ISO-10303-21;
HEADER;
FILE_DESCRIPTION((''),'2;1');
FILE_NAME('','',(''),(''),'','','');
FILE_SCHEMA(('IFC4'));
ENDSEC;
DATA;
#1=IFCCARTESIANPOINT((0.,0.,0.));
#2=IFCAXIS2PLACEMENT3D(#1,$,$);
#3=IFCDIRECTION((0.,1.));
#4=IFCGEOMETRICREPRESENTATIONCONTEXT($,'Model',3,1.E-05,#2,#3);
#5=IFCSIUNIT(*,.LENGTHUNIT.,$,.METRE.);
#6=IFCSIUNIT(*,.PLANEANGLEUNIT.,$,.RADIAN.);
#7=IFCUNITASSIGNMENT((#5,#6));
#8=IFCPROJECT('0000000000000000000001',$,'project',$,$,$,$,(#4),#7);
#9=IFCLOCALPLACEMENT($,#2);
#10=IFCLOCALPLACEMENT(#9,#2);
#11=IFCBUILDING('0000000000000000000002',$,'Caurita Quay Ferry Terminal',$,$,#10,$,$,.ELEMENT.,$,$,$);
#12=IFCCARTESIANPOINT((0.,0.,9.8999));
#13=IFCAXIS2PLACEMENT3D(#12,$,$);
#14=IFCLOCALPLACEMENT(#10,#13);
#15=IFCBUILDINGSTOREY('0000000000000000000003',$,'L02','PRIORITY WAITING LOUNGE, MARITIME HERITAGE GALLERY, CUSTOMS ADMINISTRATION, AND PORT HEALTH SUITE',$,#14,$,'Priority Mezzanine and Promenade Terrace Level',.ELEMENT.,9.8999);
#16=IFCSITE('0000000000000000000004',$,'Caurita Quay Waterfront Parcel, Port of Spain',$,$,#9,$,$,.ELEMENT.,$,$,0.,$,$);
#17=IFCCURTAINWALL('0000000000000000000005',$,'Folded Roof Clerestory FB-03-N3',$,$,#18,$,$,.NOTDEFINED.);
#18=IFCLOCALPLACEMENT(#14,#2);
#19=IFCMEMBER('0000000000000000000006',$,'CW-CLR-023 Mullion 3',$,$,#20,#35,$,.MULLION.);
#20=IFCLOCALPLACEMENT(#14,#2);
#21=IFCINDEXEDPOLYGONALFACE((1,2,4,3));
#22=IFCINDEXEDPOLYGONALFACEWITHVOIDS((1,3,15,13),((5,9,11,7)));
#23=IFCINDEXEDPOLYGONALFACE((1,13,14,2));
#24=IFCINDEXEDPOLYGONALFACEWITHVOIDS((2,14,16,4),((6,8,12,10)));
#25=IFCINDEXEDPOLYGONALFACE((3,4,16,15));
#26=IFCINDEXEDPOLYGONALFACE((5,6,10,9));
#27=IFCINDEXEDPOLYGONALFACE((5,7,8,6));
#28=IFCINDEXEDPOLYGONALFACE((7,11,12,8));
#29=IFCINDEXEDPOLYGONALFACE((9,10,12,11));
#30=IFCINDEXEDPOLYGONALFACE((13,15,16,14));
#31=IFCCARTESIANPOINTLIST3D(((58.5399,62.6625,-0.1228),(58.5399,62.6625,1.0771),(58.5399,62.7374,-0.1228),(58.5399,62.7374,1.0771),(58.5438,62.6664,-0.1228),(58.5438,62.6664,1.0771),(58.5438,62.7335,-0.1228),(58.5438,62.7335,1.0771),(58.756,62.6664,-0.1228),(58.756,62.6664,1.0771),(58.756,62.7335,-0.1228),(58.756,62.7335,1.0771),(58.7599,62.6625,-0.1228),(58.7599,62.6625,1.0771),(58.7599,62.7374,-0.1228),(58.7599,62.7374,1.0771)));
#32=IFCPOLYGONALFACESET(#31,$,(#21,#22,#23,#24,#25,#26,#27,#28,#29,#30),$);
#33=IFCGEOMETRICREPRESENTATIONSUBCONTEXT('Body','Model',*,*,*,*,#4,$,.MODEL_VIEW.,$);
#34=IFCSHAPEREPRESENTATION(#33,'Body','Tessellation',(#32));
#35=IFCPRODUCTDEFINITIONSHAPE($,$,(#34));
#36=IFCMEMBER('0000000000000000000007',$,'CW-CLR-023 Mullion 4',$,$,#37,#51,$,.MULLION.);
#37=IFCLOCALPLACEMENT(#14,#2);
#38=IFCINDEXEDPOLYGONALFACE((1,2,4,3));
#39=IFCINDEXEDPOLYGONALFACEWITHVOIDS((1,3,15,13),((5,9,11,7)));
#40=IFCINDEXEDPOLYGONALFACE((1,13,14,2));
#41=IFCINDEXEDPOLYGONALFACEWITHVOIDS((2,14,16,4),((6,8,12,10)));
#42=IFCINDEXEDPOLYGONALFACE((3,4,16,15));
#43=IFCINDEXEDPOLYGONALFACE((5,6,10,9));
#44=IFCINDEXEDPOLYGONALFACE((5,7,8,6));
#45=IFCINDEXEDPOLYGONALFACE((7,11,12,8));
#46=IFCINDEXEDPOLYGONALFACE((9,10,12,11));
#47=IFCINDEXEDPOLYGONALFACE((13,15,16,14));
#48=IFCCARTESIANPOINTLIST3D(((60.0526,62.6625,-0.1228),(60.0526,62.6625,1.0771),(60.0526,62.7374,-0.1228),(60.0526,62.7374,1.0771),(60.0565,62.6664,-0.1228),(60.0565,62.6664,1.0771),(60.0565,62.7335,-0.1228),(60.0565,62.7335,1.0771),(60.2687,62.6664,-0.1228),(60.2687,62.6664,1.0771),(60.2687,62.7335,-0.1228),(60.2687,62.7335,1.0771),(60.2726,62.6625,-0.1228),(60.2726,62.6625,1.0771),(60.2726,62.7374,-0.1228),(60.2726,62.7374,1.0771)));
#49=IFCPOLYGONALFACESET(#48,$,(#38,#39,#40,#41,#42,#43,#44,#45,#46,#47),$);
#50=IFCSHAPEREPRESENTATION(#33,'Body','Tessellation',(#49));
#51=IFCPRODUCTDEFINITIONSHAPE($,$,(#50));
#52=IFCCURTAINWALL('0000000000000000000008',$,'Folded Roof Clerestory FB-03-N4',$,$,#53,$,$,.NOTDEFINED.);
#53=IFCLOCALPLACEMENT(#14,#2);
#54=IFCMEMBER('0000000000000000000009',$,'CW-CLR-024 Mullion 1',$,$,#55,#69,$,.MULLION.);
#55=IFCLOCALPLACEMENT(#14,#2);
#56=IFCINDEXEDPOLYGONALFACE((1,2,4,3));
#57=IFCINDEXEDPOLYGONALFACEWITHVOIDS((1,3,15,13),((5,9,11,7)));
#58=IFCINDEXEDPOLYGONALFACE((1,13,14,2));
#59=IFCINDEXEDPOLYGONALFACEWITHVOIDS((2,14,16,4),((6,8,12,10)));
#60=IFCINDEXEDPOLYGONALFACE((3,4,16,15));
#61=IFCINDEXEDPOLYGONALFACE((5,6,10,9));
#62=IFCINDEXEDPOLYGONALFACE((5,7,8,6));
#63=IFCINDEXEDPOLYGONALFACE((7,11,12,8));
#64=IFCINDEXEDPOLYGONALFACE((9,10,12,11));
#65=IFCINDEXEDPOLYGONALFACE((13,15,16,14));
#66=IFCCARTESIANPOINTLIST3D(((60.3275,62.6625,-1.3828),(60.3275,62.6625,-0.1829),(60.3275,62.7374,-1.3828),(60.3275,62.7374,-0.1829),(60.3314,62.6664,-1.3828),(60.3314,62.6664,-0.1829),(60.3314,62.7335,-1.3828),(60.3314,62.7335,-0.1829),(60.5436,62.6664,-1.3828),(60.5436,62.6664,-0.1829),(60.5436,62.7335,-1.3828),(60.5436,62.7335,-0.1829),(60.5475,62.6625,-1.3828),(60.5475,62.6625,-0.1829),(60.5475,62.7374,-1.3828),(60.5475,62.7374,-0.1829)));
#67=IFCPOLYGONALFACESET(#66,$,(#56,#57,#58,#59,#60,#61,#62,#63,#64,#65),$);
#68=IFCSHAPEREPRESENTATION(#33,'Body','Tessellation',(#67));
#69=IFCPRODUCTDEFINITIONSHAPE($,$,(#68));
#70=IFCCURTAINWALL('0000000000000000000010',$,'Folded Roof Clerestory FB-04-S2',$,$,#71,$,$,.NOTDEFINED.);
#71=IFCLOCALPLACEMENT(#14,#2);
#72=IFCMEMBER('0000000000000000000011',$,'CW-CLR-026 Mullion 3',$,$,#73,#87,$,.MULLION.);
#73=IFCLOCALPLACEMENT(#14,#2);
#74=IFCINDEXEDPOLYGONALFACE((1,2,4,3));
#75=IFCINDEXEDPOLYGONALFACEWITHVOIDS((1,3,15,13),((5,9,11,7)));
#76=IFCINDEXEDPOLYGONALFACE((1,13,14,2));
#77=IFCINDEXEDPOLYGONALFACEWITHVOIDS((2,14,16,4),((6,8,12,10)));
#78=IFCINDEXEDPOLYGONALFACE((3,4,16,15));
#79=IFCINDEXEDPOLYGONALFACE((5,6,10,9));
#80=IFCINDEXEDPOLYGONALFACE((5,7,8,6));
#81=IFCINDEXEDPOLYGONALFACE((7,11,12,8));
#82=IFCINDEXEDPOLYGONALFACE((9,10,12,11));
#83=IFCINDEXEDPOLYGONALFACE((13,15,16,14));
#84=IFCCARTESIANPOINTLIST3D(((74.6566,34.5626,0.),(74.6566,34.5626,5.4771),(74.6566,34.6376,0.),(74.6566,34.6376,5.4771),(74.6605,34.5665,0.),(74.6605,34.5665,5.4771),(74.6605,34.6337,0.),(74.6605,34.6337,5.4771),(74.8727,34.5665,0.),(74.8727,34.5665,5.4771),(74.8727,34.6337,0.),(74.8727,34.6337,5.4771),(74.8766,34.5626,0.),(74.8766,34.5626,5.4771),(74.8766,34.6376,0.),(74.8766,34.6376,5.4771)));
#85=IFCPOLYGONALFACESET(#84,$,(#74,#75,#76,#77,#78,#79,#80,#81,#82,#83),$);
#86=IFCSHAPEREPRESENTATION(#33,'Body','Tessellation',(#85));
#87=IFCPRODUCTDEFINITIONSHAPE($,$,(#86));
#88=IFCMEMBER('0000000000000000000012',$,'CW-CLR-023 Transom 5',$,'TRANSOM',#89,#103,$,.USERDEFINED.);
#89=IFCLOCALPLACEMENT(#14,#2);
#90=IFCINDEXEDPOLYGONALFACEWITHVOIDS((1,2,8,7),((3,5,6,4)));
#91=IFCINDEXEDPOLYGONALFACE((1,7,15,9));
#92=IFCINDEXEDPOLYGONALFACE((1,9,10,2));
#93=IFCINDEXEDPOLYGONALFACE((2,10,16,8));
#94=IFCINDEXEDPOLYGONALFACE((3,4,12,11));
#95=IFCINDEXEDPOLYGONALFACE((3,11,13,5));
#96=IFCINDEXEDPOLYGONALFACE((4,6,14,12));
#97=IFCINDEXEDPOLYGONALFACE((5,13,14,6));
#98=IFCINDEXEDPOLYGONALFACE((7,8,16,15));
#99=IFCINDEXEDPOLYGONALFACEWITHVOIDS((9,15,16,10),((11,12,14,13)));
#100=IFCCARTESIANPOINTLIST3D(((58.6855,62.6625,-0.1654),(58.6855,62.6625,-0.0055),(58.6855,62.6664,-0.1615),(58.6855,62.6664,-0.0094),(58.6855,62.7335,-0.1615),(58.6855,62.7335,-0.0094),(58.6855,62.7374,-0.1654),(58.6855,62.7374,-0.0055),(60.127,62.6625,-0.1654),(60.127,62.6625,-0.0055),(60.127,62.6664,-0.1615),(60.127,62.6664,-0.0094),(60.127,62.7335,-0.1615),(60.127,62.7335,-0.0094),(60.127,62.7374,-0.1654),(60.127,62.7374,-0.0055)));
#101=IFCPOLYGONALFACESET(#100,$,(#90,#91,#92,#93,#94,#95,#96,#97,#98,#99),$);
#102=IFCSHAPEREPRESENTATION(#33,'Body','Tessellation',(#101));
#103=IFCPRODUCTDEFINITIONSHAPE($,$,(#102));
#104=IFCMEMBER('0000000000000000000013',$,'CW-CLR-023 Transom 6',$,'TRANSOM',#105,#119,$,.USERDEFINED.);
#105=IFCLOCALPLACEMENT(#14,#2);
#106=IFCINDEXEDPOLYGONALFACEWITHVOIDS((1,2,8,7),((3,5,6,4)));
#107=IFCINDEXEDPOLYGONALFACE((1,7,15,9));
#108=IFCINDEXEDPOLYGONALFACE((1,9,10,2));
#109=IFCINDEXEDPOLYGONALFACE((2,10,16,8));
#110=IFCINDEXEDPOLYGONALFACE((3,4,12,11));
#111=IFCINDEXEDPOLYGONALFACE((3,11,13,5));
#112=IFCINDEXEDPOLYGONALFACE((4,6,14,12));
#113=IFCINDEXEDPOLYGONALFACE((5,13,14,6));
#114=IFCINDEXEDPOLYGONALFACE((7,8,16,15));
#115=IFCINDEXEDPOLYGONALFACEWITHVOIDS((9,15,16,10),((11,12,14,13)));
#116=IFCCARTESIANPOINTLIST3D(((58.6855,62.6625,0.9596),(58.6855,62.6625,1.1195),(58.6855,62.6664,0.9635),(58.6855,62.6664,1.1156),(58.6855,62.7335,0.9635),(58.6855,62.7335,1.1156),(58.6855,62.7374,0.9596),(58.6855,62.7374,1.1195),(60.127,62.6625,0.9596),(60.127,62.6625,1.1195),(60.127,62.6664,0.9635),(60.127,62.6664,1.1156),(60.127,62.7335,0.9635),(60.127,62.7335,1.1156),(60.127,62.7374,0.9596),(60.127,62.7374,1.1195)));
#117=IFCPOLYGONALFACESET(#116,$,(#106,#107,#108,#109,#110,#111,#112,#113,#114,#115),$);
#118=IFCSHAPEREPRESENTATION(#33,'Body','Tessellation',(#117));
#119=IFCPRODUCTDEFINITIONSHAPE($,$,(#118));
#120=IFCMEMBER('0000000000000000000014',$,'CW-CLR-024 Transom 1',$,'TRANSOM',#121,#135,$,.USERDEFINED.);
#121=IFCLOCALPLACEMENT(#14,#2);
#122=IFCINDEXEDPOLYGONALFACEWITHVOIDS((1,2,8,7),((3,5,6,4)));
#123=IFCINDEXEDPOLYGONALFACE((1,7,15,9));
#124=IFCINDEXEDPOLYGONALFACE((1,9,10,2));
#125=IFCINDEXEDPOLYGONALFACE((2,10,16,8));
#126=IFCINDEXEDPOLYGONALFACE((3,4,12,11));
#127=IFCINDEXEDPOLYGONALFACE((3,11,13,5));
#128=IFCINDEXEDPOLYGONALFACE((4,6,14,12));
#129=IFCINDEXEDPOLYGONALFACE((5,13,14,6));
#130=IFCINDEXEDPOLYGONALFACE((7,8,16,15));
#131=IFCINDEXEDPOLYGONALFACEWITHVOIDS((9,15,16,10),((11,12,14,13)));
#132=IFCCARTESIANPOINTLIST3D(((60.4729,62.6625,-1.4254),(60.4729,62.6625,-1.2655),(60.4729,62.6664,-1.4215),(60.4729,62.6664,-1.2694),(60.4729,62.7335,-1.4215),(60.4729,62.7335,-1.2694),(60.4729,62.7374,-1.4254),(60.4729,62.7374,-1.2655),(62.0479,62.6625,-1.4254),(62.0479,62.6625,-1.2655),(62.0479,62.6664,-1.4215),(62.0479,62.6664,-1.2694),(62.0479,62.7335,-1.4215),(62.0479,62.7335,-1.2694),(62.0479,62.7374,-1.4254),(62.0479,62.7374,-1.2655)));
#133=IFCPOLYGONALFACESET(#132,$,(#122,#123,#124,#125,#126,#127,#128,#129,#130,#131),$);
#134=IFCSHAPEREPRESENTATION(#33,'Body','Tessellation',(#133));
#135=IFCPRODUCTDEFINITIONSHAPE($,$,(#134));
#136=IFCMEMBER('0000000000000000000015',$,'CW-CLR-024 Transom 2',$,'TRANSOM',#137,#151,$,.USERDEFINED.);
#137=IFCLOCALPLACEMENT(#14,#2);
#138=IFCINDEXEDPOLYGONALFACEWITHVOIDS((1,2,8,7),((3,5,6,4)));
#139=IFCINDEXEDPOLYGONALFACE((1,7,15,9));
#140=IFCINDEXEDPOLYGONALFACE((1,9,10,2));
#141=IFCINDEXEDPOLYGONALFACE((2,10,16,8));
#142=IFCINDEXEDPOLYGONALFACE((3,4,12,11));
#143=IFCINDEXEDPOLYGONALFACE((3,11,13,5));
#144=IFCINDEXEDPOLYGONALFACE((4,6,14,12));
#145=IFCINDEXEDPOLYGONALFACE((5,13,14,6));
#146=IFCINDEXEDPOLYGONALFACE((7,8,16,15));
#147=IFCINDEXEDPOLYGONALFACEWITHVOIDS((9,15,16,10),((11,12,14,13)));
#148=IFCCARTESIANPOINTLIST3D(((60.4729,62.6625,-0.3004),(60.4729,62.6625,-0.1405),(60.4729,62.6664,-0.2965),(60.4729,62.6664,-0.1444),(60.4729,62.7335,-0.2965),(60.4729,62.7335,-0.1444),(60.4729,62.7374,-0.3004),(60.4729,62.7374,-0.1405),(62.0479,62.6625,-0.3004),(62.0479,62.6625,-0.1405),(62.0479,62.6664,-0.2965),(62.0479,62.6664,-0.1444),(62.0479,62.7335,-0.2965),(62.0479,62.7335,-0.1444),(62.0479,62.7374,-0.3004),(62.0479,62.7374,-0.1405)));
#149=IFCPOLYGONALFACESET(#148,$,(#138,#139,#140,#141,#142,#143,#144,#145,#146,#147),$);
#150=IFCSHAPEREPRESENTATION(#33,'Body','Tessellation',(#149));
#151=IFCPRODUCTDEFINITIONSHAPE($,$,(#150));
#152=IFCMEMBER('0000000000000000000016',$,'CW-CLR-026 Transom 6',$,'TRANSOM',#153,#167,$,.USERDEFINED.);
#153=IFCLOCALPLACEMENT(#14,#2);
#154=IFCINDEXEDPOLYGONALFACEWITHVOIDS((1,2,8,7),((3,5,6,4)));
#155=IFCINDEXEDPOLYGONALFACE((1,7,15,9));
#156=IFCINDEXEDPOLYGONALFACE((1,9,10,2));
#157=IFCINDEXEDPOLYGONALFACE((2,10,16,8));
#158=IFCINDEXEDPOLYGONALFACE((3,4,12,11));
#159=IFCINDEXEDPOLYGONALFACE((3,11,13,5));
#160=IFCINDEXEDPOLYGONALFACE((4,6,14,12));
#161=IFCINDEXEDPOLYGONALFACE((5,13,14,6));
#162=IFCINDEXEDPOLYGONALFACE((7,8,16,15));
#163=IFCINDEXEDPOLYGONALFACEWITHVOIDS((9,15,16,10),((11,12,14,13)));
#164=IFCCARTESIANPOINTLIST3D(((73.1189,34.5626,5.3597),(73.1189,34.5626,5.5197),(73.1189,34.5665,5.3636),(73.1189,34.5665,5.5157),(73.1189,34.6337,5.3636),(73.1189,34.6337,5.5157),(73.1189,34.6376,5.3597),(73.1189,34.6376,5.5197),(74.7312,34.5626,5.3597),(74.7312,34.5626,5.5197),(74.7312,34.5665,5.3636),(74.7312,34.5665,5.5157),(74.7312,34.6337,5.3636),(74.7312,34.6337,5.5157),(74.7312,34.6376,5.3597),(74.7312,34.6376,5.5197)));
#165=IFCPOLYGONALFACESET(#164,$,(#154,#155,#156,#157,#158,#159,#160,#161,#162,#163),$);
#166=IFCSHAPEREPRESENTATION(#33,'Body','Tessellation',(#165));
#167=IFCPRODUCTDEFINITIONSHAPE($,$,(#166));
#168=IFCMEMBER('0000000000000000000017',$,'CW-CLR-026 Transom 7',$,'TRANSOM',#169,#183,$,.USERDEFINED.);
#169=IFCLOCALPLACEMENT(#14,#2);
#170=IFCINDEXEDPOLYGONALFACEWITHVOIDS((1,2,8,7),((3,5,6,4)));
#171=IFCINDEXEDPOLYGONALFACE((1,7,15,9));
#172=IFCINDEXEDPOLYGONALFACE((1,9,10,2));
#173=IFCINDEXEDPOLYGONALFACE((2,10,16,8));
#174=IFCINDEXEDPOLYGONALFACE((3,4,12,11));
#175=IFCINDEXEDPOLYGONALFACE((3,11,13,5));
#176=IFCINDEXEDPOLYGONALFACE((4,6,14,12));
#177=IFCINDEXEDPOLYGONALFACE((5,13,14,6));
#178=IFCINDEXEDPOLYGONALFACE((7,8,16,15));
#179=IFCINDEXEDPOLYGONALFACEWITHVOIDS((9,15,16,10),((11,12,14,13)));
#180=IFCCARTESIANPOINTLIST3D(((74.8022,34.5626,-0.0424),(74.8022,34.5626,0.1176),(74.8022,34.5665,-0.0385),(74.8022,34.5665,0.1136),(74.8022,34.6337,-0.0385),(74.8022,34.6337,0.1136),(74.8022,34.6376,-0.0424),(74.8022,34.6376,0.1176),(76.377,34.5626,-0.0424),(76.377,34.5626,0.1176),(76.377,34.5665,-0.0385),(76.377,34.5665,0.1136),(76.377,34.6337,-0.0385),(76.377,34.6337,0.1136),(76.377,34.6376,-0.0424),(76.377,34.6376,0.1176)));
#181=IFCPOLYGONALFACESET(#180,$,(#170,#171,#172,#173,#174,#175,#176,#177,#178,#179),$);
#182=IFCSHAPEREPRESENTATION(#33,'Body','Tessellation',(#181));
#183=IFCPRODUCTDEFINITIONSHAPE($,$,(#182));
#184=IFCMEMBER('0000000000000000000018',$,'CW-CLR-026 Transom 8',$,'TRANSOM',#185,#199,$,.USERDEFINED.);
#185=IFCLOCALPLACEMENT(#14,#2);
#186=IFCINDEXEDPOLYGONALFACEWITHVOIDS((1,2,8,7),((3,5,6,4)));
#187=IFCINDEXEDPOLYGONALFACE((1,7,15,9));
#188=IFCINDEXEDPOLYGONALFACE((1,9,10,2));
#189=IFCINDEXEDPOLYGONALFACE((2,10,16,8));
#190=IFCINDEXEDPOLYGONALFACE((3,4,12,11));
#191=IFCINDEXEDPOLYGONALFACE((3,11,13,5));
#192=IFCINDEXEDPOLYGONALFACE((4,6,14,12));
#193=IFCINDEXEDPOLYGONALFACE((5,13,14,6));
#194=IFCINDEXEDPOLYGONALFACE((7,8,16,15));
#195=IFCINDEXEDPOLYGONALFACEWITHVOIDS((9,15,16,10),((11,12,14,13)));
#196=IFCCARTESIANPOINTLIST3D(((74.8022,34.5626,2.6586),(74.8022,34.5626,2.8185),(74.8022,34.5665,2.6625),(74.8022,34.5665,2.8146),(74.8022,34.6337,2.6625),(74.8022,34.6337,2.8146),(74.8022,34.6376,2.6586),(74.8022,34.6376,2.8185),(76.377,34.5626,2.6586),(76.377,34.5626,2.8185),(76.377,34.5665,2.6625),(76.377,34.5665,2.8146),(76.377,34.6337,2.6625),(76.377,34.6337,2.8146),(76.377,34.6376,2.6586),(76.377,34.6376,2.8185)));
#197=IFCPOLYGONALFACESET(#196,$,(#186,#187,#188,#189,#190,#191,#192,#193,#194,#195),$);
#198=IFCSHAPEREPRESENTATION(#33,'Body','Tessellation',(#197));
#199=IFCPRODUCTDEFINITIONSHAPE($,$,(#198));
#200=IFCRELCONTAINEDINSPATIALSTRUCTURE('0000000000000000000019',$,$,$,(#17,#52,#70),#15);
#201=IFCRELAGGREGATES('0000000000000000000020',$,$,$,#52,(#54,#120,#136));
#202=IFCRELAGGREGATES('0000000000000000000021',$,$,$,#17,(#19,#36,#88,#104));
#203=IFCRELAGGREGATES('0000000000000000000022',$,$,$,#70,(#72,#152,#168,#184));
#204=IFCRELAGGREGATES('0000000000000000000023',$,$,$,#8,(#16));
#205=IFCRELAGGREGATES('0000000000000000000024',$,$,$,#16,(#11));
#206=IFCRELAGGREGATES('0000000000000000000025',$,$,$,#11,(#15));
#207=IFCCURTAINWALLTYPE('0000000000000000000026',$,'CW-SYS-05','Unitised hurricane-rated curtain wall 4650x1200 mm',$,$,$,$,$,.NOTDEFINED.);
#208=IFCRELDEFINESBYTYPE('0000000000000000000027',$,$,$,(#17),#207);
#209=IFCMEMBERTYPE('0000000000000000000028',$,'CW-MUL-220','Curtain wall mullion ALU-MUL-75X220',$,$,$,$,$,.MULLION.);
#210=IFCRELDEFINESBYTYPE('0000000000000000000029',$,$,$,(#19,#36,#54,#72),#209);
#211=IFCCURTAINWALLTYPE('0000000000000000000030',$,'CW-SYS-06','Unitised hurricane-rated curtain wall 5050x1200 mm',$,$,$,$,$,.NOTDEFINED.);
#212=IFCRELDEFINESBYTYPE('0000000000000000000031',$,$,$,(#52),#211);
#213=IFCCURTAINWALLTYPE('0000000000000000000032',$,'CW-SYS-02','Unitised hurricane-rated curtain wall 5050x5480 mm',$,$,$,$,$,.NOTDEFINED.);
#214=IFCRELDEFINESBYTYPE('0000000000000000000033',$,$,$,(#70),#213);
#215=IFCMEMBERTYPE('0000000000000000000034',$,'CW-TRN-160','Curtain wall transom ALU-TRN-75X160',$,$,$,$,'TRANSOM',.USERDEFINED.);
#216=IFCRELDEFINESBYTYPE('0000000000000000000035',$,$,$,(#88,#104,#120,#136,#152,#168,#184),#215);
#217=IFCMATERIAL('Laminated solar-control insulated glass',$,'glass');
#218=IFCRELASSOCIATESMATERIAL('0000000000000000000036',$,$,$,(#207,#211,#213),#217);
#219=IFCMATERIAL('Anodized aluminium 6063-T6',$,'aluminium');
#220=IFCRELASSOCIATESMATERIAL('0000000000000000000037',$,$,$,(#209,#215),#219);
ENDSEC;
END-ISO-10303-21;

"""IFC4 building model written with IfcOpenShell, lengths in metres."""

from ifc_helpers import new_model, si_unit, direction, frame, origin, origin_2d, place, context, subcontext, project, spatial, hollow_rectangle, extrude, material, material_profile, profile_set, type_object, element, aggregate, save


model = new_model("IFC4")

# Units and contexts
model_context = context("Model", 3, precision=1e-05, world=origin(), true_north=direction((0.0, 1.0)))
body_context = subcontext(model_context, "Body", "Model", "MODEL_VIEW")
ifc_project = project(units=[si_unit("LENGTHUNIT", "METRE"), si_unit("PLANEANGLEUNIT", "RADIAN")], contexts=[model_context])

# Site, building, storey
site_placement = place(None, origin())
site = spatial("IfcSite", under=ifc_project, at=site_placement, Name="Caurita Quay Waterfront Parcel, Port of Spain", CompositionType="ELEMENT", RefElevation=0.0)
building_placement = place(site_placement, origin())
building = spatial("IfcBuilding", under=site, at=building_placement, Name="Caurita Quay Ferry Terminal", CompositionType="ELEMENT")
storey_placement = place(building_placement, frame((0.0, 0.0, 9.8999)))
storey = spatial("IfcBuildingStorey", under=building, at=storey_placement, Name="L02", Description="PRIORITY WAITING LOUNGE, MARITIME HERITAGE GALLERY, CUSTOMS ADMINISTRATION, AND PORT HEALTH SUITE", LongName="Priority Mezzanine and Promenade Terrace Level", CompositionType="ELEMENT", Elevation=9.8999)

# Curtain wall, members
ifc_material_1 = material(Name="Laminated solar-control insulated glass", Category="glass")
curtain_wall_type_1 = type_object("IfcCurtainWallType", Name="CW-SYS-05", Description="Unitised hurricane-rated curtain wall 4650x1200 mm", PredefinedType="NOTDEFINED", material=ifc_material_1)
curtain_wall_1_placement = place(storey_placement, origin())
curtain_wall_1 = element("IfcCurtainWall", 1, at=curtain_wall_1_placement, inside=storey, type_object=curtain_wall_type_1, Name="Folded Roof Clerestory FB-03-N3", PredefinedType="NOTDEFINED")
ifc_material_2 = material(Name="Anodized aluminium 6063-T6", Category="aluminium")
ifc_material_profile_1 = material_profile(ifc_material_2, hollow_rectangle(XDim=0.075, YDim=0.22, WallThickness=0.0039, at=origin_2d()), Name="ALU-MUL-75X220")
ifc_profile_set_1 = profile_set([ifc_material_profile_1], Name="Anodized aluminium 6063-T6")
member_type_1 = type_object("IfcMemberType", Name="CW-MUL-220", Description="Curtain wall mullion ALU-MUL-75X220", PredefinedType="MULLION", material=ifc_profile_set_1)
member_1_placement = place(storey_placement, frame((58.6499, 62.7, -0.1228), z_axis=(0.0, 0.0, 1.0), x_axis=(0.0, 1.0, 0.0)))
member_1 = element("IfcMember", 2, at=member_1_placement, type_object=member_type_1, Name="CW-CLR-023 Mullion 3", PredefinedType="MULLION", context=body_context, shape_type="SweptSolid", body=[
    extrude(hollow_rectangle(XDim=0.075, YDim=0.22, WallThickness=0.0039, at=origin_2d()), origin(), (0.0, 0.0, 1.0), 1.2),
])
member_2_placement = place(storey_placement, frame((60.1626, 62.7, -0.1228), z_axis=(0.0, 0.0, 1.0), x_axis=(0.0, 1.0, 0.0)))
member_2 = element("IfcMember", 3, at=member_2_placement, type_object=member_type_1, Name="CW-CLR-023 Mullion 4", PredefinedType="MULLION", context=body_context, shape_type="SweptSolid", body=[
    extrude(hollow_rectangle(XDim=0.075, YDim=0.22, WallThickness=0.0039, at=origin_2d()), origin(), (0.0, 0.0, 1.0), 1.2),
])

# Curtain walls, members
curtain_wall_type_2 = type_object("IfcCurtainWallType", Name="CW-SYS-06", Description="Unitised hurricane-rated curtain wall 5050x1200 mm", PredefinedType="NOTDEFINED", material=ifc_material_1)
curtain_wall_2_placement = place(storey_placement, origin())
curtain_wall_2 = element("IfcCurtainWall", 4, at=curtain_wall_2_placement, inside=storey, type_object=curtain_wall_type_2, Name="Folded Roof Clerestory FB-03-N4", PredefinedType="NOTDEFINED")
member_3_placement = place(storey_placement, frame((60.4375, 62.7, -1.3828), z_axis=(0.0, 0.0, 1.0), x_axis=(0.0, 1.0, 0.0)))
member_3 = element("IfcMember", 5, at=member_3_placement, type_object=member_type_1, Name="CW-CLR-024 Mullion 1", PredefinedType="MULLION", context=body_context, shape_type="SweptSolid", body=[
    extrude(hollow_rectangle(XDim=0.075, YDim=0.22, WallThickness=0.0039, at=origin_2d()), origin(), (0.0, 0.0, 1.0), 1.2),
])
curtain_wall_type_3 = type_object("IfcCurtainWallType", Name="CW-SYS-02", Description="Unitised hurricane-rated curtain wall 5050x5480 mm", PredefinedType="NOTDEFINED", material=ifc_material_1)
curtain_wall_3_placement = place(storey_placement, origin())
curtain_wall_3 = element("IfcCurtainWall", 6, at=curtain_wall_3_placement, inside=storey, type_object=curtain_wall_type_3, Name="Folded Roof Clerestory FB-04-S2", PredefinedType="NOTDEFINED")
member_4_placement = place(storey_placement, frame((74.7666, 34.6001, 0.0), z_axis=(0.0, 0.0, 1.0), x_axis=(0.0, 1.0, 0.0)))
member_4 = element("IfcMember", 7, at=member_4_placement, type_object=member_type_1, Name="CW-CLR-026 Mullion 3", PredefinedType="MULLION", context=body_context, shape_type="SweptSolid", body=[
    extrude(hollow_rectangle(XDim=0.075, YDim=0.22, WallThickness=0.0039, at=origin_2d()), origin(), (0.0, 0.0, 1.0), 5.4771),
])

# Members
ifc_material_profile_2 = material_profile(ifc_material_2, hollow_rectangle(XDim=0.075, YDim=0.1599, WallThickness=0.0039, at=origin_2d()), Name="ALU-TRN-75X160")
ifc_profile_set_2 = profile_set([ifc_material_profile_2], Name="Anodized aluminium 6063-T6")
member_type_2 = type_object("IfcMemberType", Name="CW-TRN-160", Description="Curtain wall transom ALU-TRN-75X160", ElementType="TRANSOM", PredefinedType="USERDEFINED", material=ifc_profile_set_2)
member_5_placement = place(storey_placement, frame((58.6855, 62.7, -0.0854), z_axis=(1.0, 0.0, 0.0), x_axis=(0.0, 1.0, 0.0)))
member_5 = element("IfcMember", 8, at=member_5_placement, type_object=member_type_2, Name="CW-CLR-023 Transom 5", ObjectType="TRANSOM", PredefinedType="USERDEFINED", context=body_context, shape_type="SweptSolid", body=[
    extrude(hollow_rectangle(XDim=0.075, YDim=0.1599, WallThickness=0.0039, at=origin_2d()), origin(), (0.0, 0.0, 1.0), 1.4414),
])
member_6_placement = place(storey_placement, frame((58.6855, 62.7, 1.0396), z_axis=(1.0, 0.0, 0.0), x_axis=(0.0, 1.0, 0.0)))
member_6 = element("IfcMember", 9, at=member_6_placement, type_object=member_type_2, Name="CW-CLR-023 Transom 6", ObjectType="TRANSOM", PredefinedType="USERDEFINED", context=body_context, shape_type="SweptSolid", body=[
    extrude(hollow_rectangle(XDim=0.075, YDim=0.1599, WallThickness=0.0039, at=origin_2d()), origin(), (0.0, 0.0, 1.0), 1.4414),
])
member_7_placement = place(storey_placement, frame((60.4729, 62.7, -1.3455), z_axis=(1.0, 0.0, 0.0), x_axis=(0.0, 1.0, 0.0)))
member_7 = element("IfcMember", 10, at=member_7_placement, type_object=member_type_2, Name="CW-CLR-024 Transom 1", ObjectType="TRANSOM", PredefinedType="USERDEFINED", context=body_context, shape_type="SweptSolid", body=[
    extrude(hollow_rectangle(XDim=0.075, YDim=0.1599, WallThickness=0.0039, at=origin_2d()), origin(), (0.0, 0.0, 1.0), 1.575),
])
member_8_placement = place(storey_placement, frame((60.4729, 62.7, -0.2205), z_axis=(1.0, 0.0, 0.0), x_axis=(0.0, 1.0, 0.0)))
member_8 = element("IfcMember", 11, at=member_8_placement, type_object=member_type_2, Name="CW-CLR-024 Transom 2", ObjectType="TRANSOM", PredefinedType="USERDEFINED", context=body_context, shape_type="SweptSolid", body=[
    extrude(hollow_rectangle(XDim=0.075, YDim=0.1599, WallThickness=0.0039, at=origin_2d()), origin(), (0.0, 0.0, 1.0), 1.575),
])
aggregate(curtain_wall_2, [member_3, member_7, member_8])
member_9_placement = place(storey_placement, frame((73.1189, 34.6001, 5.4397), z_axis=(1.0, 0.0, 0.0), x_axis=(0.0, 1.0, 0.0)))
member_9 = element("IfcMember", 12, at=member_9_placement, type_object=member_type_2, Name="CW-CLR-026 Transom 6", ObjectType="TRANSOM", PredefinedType="USERDEFINED", context=body_context, shape_type="SweptSolid", body=[
    extrude(hollow_rectangle(XDim=0.075, YDim=0.1599, WallThickness=0.0039, at=origin_2d()), origin(), (0.0, 0.0, 1.0), 1.6123),
])
member_10_placement = place(storey_placement, frame((74.8022, 34.6001, 0.0376), z_axis=(1.0, 0.0, 0.0), x_axis=(0.0, 1.0, 0.0)))
member_10 = element("IfcMember", 13, at=member_10_placement, type_object=member_type_2, Name="CW-CLR-026 Transom 7", ObjectType="TRANSOM", PredefinedType="USERDEFINED", context=body_context, shape_type="SweptSolid", body=[
    extrude(hollow_rectangle(XDim=0.075, YDim=0.1599, WallThickness=0.0039, at=origin_2d()), origin(), (0.0, 0.0, 1.0), 1.5747),
])
member_11_placement = place(storey_placement, frame((74.8022, 34.6001, 2.7385), z_axis=(1.0, 0.0, 0.0), x_axis=(0.0, 1.0, 0.0)))
member_11 = element("IfcMember", 14, at=member_11_placement, type_object=member_type_2, Name="CW-CLR-026 Transom 8", ObjectType="TRANSOM", PredefinedType="USERDEFINED", context=body_context, shape_type="SweptSolid", body=[
    extrude(hollow_rectangle(XDim=0.075, YDim=0.1599, WallThickness=0.0039, at=origin_2d()), origin(), (0.0, 0.0, 1.0), 1.5747),
])

aggregate(curtain_wall_1, [member_1, member_2, member_5, member_6])
aggregate(curtain_wall_3, [member_4, member_9, member_10, member_11])

save(model, "model.ifc")
